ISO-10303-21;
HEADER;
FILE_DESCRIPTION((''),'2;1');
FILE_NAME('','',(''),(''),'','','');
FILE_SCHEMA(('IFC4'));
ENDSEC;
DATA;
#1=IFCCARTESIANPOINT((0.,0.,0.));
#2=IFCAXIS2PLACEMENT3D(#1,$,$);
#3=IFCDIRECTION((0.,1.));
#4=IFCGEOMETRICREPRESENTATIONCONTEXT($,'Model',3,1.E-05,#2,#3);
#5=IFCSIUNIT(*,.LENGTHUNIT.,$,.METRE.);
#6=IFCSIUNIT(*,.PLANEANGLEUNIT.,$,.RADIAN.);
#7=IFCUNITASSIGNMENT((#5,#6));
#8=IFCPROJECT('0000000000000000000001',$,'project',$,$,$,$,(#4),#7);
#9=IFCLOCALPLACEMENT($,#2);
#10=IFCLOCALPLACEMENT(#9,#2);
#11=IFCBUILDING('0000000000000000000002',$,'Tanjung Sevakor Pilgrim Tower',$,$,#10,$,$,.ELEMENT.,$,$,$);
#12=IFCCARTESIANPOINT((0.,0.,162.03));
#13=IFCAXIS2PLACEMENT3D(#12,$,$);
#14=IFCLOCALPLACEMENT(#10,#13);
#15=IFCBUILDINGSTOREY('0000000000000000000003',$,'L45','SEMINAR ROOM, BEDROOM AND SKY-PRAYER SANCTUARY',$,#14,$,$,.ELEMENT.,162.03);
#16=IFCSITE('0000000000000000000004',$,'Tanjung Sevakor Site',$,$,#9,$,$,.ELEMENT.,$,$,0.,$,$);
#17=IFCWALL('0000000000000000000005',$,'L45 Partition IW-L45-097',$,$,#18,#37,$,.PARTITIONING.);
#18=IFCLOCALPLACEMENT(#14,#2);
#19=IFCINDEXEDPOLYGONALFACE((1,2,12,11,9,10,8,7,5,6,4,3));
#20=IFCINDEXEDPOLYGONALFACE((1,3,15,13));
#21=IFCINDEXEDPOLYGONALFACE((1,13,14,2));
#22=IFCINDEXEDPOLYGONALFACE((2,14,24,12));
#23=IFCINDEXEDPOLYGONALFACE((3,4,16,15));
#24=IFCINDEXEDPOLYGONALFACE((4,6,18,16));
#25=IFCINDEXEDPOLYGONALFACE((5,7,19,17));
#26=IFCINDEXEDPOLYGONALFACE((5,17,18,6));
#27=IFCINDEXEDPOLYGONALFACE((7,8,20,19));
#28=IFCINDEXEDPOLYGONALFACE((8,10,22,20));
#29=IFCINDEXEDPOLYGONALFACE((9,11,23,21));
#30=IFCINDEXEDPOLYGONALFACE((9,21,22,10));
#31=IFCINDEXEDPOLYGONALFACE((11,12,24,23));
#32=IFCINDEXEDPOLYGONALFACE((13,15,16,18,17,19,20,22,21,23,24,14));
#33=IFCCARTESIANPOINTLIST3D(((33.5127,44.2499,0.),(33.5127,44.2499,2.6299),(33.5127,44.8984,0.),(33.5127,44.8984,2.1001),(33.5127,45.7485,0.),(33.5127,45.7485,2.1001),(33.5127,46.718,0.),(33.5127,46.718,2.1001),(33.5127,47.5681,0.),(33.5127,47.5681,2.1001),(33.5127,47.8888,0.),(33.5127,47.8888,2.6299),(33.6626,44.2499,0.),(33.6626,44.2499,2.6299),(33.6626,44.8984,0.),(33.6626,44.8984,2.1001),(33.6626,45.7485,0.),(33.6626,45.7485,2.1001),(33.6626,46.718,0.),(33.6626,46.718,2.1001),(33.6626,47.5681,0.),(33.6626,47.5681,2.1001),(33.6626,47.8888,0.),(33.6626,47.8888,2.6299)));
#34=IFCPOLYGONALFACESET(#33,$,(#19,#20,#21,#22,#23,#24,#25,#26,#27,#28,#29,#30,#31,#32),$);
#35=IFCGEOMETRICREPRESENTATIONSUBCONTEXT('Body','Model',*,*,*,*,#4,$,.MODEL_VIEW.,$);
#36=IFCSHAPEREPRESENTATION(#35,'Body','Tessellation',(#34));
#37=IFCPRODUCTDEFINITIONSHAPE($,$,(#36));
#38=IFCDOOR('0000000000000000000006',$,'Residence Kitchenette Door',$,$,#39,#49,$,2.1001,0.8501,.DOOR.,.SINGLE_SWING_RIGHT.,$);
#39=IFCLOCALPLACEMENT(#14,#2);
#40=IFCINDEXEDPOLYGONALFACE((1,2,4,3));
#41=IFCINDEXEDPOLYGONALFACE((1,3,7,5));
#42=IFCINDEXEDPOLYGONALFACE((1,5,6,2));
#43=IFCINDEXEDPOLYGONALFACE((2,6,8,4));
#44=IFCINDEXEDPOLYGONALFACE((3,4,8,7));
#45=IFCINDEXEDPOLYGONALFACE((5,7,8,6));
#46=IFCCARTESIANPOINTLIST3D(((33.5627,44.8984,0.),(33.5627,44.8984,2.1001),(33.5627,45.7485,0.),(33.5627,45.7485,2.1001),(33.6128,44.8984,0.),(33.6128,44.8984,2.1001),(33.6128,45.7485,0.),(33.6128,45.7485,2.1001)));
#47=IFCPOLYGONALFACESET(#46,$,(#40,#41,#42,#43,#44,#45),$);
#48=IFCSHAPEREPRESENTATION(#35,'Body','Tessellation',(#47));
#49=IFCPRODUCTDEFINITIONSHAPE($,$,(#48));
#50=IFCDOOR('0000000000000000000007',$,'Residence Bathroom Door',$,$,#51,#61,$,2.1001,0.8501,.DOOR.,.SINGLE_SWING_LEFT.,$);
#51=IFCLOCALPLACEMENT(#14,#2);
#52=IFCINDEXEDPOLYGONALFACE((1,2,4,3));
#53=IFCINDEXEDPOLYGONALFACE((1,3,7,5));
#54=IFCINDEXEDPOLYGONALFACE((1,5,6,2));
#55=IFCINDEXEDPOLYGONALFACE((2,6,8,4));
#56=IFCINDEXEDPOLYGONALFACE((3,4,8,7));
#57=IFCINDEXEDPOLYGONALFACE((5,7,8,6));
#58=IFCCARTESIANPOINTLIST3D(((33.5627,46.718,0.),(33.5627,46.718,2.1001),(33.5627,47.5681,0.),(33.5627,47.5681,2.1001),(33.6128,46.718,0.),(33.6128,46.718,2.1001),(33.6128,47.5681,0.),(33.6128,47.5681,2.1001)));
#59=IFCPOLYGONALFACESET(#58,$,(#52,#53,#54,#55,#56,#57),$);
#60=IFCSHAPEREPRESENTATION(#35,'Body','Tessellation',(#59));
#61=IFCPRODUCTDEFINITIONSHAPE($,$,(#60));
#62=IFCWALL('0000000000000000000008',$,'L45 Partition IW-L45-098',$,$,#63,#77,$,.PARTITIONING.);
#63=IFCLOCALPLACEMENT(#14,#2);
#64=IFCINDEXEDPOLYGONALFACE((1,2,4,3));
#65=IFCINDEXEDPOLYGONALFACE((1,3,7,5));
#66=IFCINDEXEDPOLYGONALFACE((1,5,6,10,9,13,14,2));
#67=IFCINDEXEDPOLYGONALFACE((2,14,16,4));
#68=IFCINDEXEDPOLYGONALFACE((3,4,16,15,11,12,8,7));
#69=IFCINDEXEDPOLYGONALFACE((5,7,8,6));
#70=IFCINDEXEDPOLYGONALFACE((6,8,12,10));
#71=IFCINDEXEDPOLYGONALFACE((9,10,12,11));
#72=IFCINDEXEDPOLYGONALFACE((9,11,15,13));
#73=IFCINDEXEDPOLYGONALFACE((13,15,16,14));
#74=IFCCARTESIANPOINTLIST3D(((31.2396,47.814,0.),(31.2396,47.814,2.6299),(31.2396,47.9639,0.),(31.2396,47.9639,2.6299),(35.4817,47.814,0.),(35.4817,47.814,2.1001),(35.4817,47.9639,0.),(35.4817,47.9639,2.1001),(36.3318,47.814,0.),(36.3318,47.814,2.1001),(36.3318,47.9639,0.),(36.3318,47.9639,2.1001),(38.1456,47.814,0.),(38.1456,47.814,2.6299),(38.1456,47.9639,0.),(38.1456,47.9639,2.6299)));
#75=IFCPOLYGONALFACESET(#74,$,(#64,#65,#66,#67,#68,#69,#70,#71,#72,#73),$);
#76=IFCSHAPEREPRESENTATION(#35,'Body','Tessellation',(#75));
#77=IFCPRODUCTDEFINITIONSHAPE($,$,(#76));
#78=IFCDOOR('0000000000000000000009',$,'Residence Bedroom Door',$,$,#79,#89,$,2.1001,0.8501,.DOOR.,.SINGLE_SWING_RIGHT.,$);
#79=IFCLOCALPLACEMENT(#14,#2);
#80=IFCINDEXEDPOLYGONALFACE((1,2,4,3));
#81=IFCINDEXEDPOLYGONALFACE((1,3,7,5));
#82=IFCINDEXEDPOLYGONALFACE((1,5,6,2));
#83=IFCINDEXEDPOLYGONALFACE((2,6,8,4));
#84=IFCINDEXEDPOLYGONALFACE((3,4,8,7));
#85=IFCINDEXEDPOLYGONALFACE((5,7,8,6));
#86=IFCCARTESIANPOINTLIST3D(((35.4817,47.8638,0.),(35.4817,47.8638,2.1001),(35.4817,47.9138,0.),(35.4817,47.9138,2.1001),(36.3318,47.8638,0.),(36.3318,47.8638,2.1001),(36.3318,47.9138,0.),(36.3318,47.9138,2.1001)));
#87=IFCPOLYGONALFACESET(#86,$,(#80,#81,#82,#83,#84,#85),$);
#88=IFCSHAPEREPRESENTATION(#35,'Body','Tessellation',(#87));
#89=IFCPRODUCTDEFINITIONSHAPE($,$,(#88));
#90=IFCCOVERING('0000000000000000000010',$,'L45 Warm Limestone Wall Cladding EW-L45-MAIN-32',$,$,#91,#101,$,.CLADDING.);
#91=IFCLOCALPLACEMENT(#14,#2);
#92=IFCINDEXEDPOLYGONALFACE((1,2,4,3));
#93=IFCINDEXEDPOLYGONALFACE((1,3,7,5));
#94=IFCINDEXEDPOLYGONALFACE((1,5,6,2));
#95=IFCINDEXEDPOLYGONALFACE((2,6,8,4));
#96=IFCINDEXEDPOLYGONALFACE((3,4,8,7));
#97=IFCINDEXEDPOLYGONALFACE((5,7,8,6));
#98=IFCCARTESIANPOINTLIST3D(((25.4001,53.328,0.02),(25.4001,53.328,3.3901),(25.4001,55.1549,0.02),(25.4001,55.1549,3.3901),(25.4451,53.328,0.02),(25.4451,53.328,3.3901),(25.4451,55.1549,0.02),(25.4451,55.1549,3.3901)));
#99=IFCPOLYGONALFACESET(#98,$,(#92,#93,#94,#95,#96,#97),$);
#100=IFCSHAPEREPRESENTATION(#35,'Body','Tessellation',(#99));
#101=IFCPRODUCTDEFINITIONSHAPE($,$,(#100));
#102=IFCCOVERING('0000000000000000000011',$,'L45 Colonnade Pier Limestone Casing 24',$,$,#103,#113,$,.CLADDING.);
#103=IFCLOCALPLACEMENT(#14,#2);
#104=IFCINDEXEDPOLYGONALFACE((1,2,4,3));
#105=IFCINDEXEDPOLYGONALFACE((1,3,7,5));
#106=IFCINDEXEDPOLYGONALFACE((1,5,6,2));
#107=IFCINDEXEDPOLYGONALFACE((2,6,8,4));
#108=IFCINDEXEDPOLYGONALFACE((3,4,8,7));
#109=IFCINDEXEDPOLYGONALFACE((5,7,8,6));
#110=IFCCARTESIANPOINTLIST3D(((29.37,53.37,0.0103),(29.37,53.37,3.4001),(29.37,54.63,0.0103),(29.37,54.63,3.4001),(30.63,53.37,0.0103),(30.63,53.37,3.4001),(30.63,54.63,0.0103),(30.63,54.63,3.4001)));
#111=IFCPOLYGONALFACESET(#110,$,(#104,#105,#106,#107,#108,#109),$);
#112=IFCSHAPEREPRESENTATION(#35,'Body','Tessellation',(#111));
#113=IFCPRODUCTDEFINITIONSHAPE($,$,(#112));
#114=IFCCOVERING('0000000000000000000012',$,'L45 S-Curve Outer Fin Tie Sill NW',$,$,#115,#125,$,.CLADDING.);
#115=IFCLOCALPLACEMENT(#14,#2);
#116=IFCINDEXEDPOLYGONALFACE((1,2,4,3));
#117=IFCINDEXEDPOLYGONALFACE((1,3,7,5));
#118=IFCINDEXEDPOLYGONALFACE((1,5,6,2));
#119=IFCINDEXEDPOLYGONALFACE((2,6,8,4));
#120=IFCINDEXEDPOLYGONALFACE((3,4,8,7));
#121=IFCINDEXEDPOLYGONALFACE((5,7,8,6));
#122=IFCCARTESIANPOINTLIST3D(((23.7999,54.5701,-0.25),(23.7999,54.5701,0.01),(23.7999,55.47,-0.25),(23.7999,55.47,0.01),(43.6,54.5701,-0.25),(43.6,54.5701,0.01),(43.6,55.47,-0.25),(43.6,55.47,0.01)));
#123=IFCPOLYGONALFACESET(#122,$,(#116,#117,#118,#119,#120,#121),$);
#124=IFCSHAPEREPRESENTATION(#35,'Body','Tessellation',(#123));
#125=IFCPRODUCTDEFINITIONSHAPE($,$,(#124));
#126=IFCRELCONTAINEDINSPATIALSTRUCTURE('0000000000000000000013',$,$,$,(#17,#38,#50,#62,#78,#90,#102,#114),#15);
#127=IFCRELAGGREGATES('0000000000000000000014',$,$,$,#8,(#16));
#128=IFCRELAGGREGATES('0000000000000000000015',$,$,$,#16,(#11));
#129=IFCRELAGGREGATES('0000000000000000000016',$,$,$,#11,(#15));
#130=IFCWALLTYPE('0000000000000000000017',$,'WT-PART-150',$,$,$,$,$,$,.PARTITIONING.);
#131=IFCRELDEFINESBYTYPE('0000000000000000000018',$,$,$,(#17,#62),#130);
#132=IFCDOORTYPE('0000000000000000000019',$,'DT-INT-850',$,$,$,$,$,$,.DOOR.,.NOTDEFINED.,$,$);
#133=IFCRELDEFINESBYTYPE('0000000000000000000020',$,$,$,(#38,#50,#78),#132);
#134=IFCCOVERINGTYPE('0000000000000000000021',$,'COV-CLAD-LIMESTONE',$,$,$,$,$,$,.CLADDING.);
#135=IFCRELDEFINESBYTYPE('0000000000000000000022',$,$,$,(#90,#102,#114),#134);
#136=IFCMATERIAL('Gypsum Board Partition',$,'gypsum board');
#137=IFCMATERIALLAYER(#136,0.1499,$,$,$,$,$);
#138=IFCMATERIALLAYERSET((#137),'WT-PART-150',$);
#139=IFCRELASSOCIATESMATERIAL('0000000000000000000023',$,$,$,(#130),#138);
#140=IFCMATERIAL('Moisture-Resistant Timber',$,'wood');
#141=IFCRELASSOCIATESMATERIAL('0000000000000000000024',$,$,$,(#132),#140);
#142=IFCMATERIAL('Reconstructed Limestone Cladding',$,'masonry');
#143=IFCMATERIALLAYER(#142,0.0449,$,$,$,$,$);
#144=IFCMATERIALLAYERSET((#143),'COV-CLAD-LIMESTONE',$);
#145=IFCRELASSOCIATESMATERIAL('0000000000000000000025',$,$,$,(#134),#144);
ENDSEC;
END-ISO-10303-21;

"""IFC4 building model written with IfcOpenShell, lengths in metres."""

from ifc_helpers import new_model, si_unit, direction, frame, frame_2d, origin, origin_2d, place, context, subcontext, project, spatial, rectangle, extrude, material, layer, layer_set, type_object, element, fill, save


model = new_model("IFC4")

# Units and contexts
model_context = context("Model", 3, precision=1e-05, world=origin(), true_north=direction((0.0, 1.0)))
body_context = subcontext(model_context, "Body", "Model", "MODEL_VIEW")
ifc_project = project(units=[si_unit("LENGTHUNIT", "METRE"), si_unit("PLANEANGLEUNIT", "RADIAN")], contexts=[model_context])

# Site, building, storey
site_placement = place(None, origin())
site = spatial("IfcSite", under=ifc_project, at=site_placement, Name="Tanjung Sevakor Site", CompositionType="ELEMENT", RefElevation=0.0)
building_placement = place(site_placement, origin())
building = spatial("IfcBuilding", under=site, at=building_placement, Name="Tanjung Sevakor Pilgrim Tower", CompositionType="ELEMENT")
storey_placement = place(building_placement, frame((0.0, 0.0, 162.03)))
storey = spatial("IfcBuildingStorey", under=building, at=storey_placement, Name="L45", Description="SEMINAR ROOM, BEDROOM AND SKY-PRAYER SANCTUARY", CompositionType="ELEMENT", Elevation=162.03)

# Shared definitions
ifc_material_1 = material(Name="Gypsum Board Partition", Category="gypsum board")
ifc_layer_1 = layer(ifc_material_1, 0.1499)
ifc_layer_set_1 = layer_set([ifc_layer_1], Name="WT-PART-150")
wall_type_1 = type_object("IfcWallType", Name="WT-PART-150", PredefinedType="PARTITIONING", material=ifc_layer_set_1)

# Wall, openings, doors
wall_1_placement = place(storey_placement, frame((33.5876, 44.25, 0.0), z_axis=(0.0, 0.0, 1.0), x_axis=(0.0, 1.0, 0.0)))
wall_1 = element("IfcWall", 1, at=wall_1_placement, inside=storey, type_object=wall_type_1, Name="L45 Partition IW-L45-097", PredefinedType="PARTITIONING", context=body_context, shape_type="SweptSolid", body=[
    extrude(rectangle(XDim=3.6389, YDim=0.1499, at=frame_2d((1.8193, 0.0))), origin(), (0.0, 0.0, 1.0), 2.6299),
])
opening_1_placement = place(wall_1_placement, frame((0.6484, 0.0, 0.0)))
opening_1 = element("IfcOpeningElement", 2, at=opening_1_placement, cuts=wall_1, PredefinedType="OPENING", context=body_context, shape_type="SweptSolid", body=[
    extrude(rectangle(XDim=0.8501, YDim=2.1001, at=frame_2d((0.425, 1.05))), frame((0.0, 0.085, 0.0), z_axis=(0.0, -1.0, 0.0), x_axis=(1.0, 0.0, 0.0)), (0.0, 0.0, 1.0), 0.1699),
])
opening_2_placement = place(wall_1_placement, frame((2.468, 0.0, 0.0)))
opening_2 = element("IfcOpeningElement", 3, at=opening_2_placement, cuts=wall_1, PredefinedType="OPENING", context=body_context, shape_type="SweptSolid", body=[
    extrude(rectangle(XDim=0.8501, YDim=2.1001, at=frame_2d((0.425, 1.05))), frame((0.0, 0.085, 0.0), z_axis=(0.0, -1.0, 0.0), x_axis=(1.0, 0.0, 0.0)), (0.0, 0.0, 1.0), 0.1699),
])
ifc_material_2 = material(Name="Moisture-Resistant Timber", Category="wood")
door_type = type_object("IfcDoorType", Name="DT-INT-850", OperationType="NOTDEFINED", PredefinedType="DOOR", material=ifc_material_2)
door_1_placement = place(opening_1_placement, origin())
door_1 = element("IfcDoor", 4, at=door_1_placement, inside=storey, type_object=door_type, Name="Residence Kitchenette Door", OperationType="SINGLE_SWING_RIGHT", OverallHeight=2.1001, OverallWidth=0.8501, PredefinedType="DOOR", context=body_context, shape_type="SweptSolid", body=[
    extrude(rectangle(XDim=0.8501, YDim=2.1001, at=frame_2d((0.425, 1.05))), frame((0.0, 0.0249, 0.0), z_axis=(0.0, -1.0, 0.0), x_axis=(1.0, 0.0, 0.0)), (0.0, 0.0, 1.0), 0.05),
])
fill(opening_1, door_1)
door_2_placement = place(opening_2_placement, origin())
door_2 = element("IfcDoor", 5, at=door_2_placement, inside=storey, type_object=door_type, Name="Residence Bathroom Door", OperationType="SINGLE_SWING_LEFT", OverallHeight=2.1001, OverallWidth=0.8501, PredefinedType="DOOR", context=body_context, shape_type="SweptSolid", body=[
    extrude(rectangle(XDim=0.8501, YDim=2.1001, at=frame_2d((0.425, 1.05))), frame((0.0, 0.0249, 0.0), z_axis=(0.0, -1.0, 0.0), x_axis=(1.0, 0.0, 0.0)), (0.0, 0.0, 1.0), 0.05),
])
fill(opening_2, door_2)

# Wall, opening, door
wall_2_placement = place(storey_placement, frame((31.2395, 47.8889, 0.0), z_axis=(0.0, 0.0, 1.0), x_axis=(1.0, 0.0, 0.0)))
wall_2 = element("IfcWall", 6, at=wall_2_placement, inside=storey, type_object=wall_type_1, Name="L45 Partition IW-L45-098", PredefinedType="PARTITIONING", context=body_context, shape_type="SweptSolid", body=[
    extrude(rectangle(XDim=6.906, YDim=0.1499, at=frame_2d((3.4531, 0.0))), origin(), (0.0, 0.0, 1.0), 2.6299),
])
opening_3_placement = place(wall_2_placement, frame((4.2422, 0.0, 0.0)))
opening_3 = element("IfcOpeningElement", 7, at=opening_3_placement, cuts=wall_2, PredefinedType="OPENING", context=body_context, shape_type="SweptSolid", body=[
    extrude(rectangle(XDim=0.8501, YDim=2.1001, at=frame_2d((0.425, 1.05))), frame((0.0, 0.085, 0.0), z_axis=(0.0, -1.0, 0.0), x_axis=(1.0, 0.0, 0.0)), (0.0, 0.0, 1.0), 0.1699),
])
door_3_placement = place(opening_3_placement, origin())
door_3 = element("IfcDoor", 8, at=door_3_placement, inside=storey, type_object=door_type, Name="Residence Bedroom Door", OperationType="SINGLE_SWING_RIGHT", OverallHeight=2.1001, OverallWidth=0.8501, PredefinedType="DOOR", context=body_context, shape_type="SweptSolid", body=[
    extrude(rectangle(XDim=0.8501, YDim=2.1001, at=frame_2d((0.425, 1.05))), frame((0.0, 0.0249, 0.0), z_axis=(0.0, -1.0, 0.0), x_axis=(1.0, 0.0, 0.0)), (0.0, 0.0, 1.0), 0.05),
])
fill(opening_3, door_3)

# Coverings
ifc_material_3 = material(Name="Reconstructed Limestone Cladding", Category="masonry")
ifc_layer_2 = layer(ifc_material_3, 0.0449)
ifc_layer_set_2 = layer_set([ifc_layer_2], Name="COV-CLAD-LIMESTONE")
covering_type = type_object("IfcCoveringType", Name="COV-CLAD-LIMESTONE", PredefinedType="CLADDING", material=ifc_layer_set_2)
covering_1_placement = place(storey_placement, frame((25.4226, 54.2415, 0.02), z_axis=(0.0, 0.0, 1.0), x_axis=(0.0, 1.0, 0.0)))
element("IfcCovering", 9, at=covering_1_placement, inside=storey, type_object=covering_type, Name="L45 Warm Limestone Wall Cladding EW-L45-MAIN-32", PredefinedType="CLADDING", context=body_context, shape_type="SweptSolid", body=[
    extrude(rectangle(XDim=1.8269, YDim=0.0449, at=origin_2d()), origin(), (0.0, 0.0, 1.0), 3.3701),
])
covering_2_placement = place(storey_placement, frame((30.0, 54.0, 0.0103), z_axis=(0.0, 0.0, 1.0), x_axis=(1.0, 0.0, 0.0)))
element("IfcCovering", 10, at=covering_2_placement, inside=storey, type_object=covering_type, Name="L45 Colonnade Pier Limestone Casing 24", PredefinedType="CLADDING", context=body_context, shape_type="SweptSolid", body=[
    extrude(rectangle(XDim=1.26, YDim=1.26, at=origin_2d()), origin(), (0.0, 0.0, 1.0), 3.3899),
])
covering_3_placement = place(storey_placement, frame((33.7, 55.02, -0.25), z_axis=(0.0, 0.0, 1.0), x_axis=(1.0, 0.0, 0.0)))
element("IfcCovering", 11, at=covering_3_placement, inside=storey, type_object=covering_type, Name="L45 S-Curve Outer Fin Tie Sill NW", PredefinedType="CLADDING", context=body_context, shape_type="SweptSolid", body=[
    extrude(rectangle(XDim=19.8, YDim=0.8999, at=origin_2d()), origin(), (0.0, 0.0, 1.0), 0.26),
])

save(model, "model.ifc")
